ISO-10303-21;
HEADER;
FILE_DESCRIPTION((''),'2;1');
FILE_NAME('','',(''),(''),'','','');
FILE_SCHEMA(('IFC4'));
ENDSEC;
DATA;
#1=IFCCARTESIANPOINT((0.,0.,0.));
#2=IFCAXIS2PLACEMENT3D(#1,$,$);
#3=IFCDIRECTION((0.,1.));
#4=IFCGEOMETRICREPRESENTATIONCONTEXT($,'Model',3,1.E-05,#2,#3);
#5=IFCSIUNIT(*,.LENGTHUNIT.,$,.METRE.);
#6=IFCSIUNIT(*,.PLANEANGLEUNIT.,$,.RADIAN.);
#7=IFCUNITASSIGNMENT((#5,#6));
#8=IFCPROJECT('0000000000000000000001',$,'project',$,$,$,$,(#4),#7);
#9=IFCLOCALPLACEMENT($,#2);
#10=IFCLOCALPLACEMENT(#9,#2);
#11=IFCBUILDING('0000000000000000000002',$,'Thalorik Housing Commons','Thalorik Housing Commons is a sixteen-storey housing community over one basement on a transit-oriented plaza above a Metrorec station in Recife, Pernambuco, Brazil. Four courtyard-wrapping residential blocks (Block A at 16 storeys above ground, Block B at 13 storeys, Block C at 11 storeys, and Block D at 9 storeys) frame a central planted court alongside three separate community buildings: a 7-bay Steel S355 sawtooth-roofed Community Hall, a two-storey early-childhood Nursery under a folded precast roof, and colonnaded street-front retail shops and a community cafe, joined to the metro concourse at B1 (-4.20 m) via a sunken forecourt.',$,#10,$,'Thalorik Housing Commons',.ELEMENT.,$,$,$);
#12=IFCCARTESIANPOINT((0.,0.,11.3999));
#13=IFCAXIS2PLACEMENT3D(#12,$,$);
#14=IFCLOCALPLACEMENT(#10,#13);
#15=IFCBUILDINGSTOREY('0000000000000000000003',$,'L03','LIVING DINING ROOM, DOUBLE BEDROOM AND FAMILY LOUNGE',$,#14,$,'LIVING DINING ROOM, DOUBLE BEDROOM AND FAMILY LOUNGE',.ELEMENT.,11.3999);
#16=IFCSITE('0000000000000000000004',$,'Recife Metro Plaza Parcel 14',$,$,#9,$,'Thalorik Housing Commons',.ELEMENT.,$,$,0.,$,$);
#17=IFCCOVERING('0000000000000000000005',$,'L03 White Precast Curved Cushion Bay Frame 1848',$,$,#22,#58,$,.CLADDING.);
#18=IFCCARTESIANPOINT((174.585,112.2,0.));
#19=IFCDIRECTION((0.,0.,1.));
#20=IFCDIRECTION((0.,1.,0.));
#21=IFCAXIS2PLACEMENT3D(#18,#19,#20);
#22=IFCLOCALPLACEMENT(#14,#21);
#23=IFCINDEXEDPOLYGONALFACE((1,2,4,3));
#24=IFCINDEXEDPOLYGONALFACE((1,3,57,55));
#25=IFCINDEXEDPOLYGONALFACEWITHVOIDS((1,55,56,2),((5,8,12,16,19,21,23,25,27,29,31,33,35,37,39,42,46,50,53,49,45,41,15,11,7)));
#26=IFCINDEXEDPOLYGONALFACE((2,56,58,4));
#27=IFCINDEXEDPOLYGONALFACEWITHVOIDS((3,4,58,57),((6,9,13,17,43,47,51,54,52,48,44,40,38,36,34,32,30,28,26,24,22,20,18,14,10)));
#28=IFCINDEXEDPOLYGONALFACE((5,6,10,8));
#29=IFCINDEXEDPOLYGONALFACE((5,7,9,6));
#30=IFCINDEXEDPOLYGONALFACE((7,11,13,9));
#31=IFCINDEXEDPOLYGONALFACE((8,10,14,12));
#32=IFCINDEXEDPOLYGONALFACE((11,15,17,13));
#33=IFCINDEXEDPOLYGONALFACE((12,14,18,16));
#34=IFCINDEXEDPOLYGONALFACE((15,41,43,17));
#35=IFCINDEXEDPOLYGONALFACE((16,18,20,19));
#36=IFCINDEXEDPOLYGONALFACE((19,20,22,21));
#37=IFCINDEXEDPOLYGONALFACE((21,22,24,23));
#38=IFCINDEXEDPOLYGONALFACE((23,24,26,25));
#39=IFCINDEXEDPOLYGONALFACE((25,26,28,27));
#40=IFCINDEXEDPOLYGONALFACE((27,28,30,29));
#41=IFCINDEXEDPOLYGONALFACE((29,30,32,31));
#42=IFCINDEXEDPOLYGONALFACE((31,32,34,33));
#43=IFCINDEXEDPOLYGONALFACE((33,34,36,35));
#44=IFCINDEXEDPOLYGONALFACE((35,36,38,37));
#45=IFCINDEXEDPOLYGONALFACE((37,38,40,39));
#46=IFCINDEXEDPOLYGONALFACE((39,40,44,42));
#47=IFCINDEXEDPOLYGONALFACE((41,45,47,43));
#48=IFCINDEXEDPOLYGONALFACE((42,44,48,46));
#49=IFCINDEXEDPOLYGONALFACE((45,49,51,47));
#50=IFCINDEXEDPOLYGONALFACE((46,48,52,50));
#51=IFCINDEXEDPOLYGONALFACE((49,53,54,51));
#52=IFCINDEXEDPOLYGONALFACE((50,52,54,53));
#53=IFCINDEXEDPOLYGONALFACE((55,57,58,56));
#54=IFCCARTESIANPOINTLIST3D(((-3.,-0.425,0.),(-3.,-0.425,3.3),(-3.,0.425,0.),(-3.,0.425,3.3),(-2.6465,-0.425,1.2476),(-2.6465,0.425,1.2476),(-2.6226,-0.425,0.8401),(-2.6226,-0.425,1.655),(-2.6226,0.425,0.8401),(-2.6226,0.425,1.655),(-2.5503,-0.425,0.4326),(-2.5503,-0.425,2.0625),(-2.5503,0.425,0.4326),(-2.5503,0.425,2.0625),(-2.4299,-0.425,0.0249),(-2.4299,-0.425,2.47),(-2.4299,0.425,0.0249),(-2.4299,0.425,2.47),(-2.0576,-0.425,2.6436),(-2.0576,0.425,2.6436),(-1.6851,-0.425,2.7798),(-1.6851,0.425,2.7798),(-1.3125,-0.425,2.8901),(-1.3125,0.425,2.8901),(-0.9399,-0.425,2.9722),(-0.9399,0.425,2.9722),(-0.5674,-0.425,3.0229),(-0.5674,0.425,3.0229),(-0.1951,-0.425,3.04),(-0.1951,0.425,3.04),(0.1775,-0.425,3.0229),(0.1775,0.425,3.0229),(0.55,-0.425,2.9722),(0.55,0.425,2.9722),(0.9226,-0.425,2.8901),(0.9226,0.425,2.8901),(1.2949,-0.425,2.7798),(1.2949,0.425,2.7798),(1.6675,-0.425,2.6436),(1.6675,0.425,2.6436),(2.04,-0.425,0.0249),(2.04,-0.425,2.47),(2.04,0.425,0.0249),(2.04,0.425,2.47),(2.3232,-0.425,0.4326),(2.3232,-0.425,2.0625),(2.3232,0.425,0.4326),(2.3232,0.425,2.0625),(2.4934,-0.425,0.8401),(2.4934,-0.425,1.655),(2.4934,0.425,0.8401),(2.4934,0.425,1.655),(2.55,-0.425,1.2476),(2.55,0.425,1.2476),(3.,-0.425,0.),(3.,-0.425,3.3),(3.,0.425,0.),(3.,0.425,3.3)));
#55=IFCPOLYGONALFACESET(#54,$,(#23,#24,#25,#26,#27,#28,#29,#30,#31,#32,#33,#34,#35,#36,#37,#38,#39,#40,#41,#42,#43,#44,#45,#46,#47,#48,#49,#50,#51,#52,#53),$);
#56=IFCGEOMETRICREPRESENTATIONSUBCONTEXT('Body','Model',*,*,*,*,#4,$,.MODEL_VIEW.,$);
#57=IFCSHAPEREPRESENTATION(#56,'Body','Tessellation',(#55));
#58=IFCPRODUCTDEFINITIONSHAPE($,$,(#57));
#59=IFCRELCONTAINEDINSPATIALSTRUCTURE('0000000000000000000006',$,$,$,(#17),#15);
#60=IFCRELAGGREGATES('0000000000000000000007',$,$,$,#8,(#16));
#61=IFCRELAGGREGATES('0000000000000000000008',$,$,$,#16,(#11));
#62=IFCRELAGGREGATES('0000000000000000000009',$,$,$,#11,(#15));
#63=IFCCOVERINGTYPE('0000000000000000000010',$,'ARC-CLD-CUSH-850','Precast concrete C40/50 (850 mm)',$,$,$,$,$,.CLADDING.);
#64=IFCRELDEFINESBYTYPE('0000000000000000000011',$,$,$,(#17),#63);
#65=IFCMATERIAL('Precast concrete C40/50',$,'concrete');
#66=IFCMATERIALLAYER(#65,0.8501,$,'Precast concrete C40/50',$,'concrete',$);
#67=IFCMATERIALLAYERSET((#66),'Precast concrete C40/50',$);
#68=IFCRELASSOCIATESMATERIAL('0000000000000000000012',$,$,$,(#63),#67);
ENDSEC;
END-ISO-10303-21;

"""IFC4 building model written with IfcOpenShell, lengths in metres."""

from ifc_helpers import new_model, si_unit, direction, frame, origin, place, context, subcontext, project, spatial, polyline, outline, extrude, material, layer, layer_set, type_object, element, save


model = new_model("IFC4")

# Units and contexts
model_context = context("Model", 3, precision=1e-05, world=origin(), true_north=direction((0.0, 1.0)))
body_context = subcontext(model_context, "Body", "Model", "MODEL_VIEW")
ifc_project = project(units=[si_unit("LENGTHUNIT", "METRE"), si_unit("PLANEANGLEUNIT", "RADIAN")], contexts=[model_context])

# Site, building, storey
site_placement = place(None, origin())
site = spatial("IfcSite", under=ifc_project, at=site_placement, Name="Recife Metro Plaza Parcel 14", LongName="Thalorik Housing Commons", CompositionType="ELEMENT", RefElevation=0.0)
building_placement = place(site_placement, origin())
building = spatial("IfcBuilding", under=site, at=building_placement, Name="Thalorik Housing Commons", Description="Thalorik Housing Commons is a sixteen-storey housing community over one basement on a transit-oriented plaza above a Metrorec station in Recife, Pernambuco, Brazil. Four courtyard-wrapping residential blocks (Block A at 16 storeys above ground, Block B at 13 storeys, Block C at 11 storeys, and Block D at 9 storeys) frame a central planted court alongside three separate community buildings: a 7-bay Steel S355 sawtooth-roofed Community Hall, a two-storey early-childhood Nursery under a folded precast roof, and colonnaded street-front retail shops and a community cafe, joined to the metro concourse at B1 (-4.20 m) via a sunken forecourt.", LongName="Thalorik Housing Commons", CompositionType="ELEMENT")
storey_placement = place(building_placement, frame((0.0, 0.0, 11.3999)))
storey = spatial("IfcBuildingStorey", under=building, at=storey_placement, Name="L03", Description="LIVING DINING ROOM, DOUBLE BEDROOM AND FAMILY LOUNGE", LongName="LIVING DINING ROOM, DOUBLE BEDROOM AND FAMILY LOUNGE", CompositionType="ELEMENT", Elevation=11.3999)

# Shared definitions
ifc_material_1 = material(Name="Precast concrete C40/50", Category="concrete")

# Covering
ifc_layer_1 = layer(ifc_material_1, 0.8501, Name="Precast concrete C40/50", Category="concrete")
ifc_layer_set_1 = layer_set([ifc_layer_1], Name="Precast concrete C40/50")
covering_type_1 = type_object("IfcCoveringType", Name="ARC-CLD-CUSH-850", Description="Precast concrete C40/50 (850 mm)", PredefinedType="CLADDING", material=ifc_layer_set_1)
covering_1_placement = place(storey_placement, frame((174.585, 112.2, 0.0), z_axis=(0.0, 0.0, 1.0), x_axis=(0.0, 1.0, 0.0)))
element("IfcCovering", 1, at=covering_1_placement, inside=storey, type_object=covering_type_1, Name="L03 White Precast Curved Cushion Bay Frame 1848", PredefinedType="CLADDING", context=body_context, shape_type="SweptSolid", body=[
    extrude(outline(polyline([(-3.0, 0.0), (3.0, 0.0), (3.0, 3.3), (-3.0, 3.3), (-3.0, 0.0)]), holes=[polyline([(2.04, 0.0249), (2.3232, 0.4326), (2.4934, 0.8401), (2.55, 1.2476), (2.4934, 1.655), (2.3232, 2.0625), (2.04, 2.47), (1.6675, 2.6436), (1.2949, 2.7798), (0.9226, 2.8901), (0.55, 2.9722), (0.1775, 3.0229), (-0.1951, 3.04), (-0.5674, 3.0229), (-0.9399, 2.9722), (-1.3125, 2.8901), (-1.6851, 2.7798), (-2.0576, 2.6436), (-2.4299, 2.47), (-2.5503, 2.0625), (-2.6226, 1.655), (-2.6465, 1.2476), (-2.6226, 0.8401), (-2.5503, 0.4326), (-2.4299, 0.0249), (2.04, 0.0249)])]), frame((0.0, 0.425, 0.0), z_axis=(0.0, -1.0, 0.0), x_axis=(1.0, 0.0, 0.0)), (0.0, 0.0, 1.0), 0.8501),
])

save(model, "model.ifc")
